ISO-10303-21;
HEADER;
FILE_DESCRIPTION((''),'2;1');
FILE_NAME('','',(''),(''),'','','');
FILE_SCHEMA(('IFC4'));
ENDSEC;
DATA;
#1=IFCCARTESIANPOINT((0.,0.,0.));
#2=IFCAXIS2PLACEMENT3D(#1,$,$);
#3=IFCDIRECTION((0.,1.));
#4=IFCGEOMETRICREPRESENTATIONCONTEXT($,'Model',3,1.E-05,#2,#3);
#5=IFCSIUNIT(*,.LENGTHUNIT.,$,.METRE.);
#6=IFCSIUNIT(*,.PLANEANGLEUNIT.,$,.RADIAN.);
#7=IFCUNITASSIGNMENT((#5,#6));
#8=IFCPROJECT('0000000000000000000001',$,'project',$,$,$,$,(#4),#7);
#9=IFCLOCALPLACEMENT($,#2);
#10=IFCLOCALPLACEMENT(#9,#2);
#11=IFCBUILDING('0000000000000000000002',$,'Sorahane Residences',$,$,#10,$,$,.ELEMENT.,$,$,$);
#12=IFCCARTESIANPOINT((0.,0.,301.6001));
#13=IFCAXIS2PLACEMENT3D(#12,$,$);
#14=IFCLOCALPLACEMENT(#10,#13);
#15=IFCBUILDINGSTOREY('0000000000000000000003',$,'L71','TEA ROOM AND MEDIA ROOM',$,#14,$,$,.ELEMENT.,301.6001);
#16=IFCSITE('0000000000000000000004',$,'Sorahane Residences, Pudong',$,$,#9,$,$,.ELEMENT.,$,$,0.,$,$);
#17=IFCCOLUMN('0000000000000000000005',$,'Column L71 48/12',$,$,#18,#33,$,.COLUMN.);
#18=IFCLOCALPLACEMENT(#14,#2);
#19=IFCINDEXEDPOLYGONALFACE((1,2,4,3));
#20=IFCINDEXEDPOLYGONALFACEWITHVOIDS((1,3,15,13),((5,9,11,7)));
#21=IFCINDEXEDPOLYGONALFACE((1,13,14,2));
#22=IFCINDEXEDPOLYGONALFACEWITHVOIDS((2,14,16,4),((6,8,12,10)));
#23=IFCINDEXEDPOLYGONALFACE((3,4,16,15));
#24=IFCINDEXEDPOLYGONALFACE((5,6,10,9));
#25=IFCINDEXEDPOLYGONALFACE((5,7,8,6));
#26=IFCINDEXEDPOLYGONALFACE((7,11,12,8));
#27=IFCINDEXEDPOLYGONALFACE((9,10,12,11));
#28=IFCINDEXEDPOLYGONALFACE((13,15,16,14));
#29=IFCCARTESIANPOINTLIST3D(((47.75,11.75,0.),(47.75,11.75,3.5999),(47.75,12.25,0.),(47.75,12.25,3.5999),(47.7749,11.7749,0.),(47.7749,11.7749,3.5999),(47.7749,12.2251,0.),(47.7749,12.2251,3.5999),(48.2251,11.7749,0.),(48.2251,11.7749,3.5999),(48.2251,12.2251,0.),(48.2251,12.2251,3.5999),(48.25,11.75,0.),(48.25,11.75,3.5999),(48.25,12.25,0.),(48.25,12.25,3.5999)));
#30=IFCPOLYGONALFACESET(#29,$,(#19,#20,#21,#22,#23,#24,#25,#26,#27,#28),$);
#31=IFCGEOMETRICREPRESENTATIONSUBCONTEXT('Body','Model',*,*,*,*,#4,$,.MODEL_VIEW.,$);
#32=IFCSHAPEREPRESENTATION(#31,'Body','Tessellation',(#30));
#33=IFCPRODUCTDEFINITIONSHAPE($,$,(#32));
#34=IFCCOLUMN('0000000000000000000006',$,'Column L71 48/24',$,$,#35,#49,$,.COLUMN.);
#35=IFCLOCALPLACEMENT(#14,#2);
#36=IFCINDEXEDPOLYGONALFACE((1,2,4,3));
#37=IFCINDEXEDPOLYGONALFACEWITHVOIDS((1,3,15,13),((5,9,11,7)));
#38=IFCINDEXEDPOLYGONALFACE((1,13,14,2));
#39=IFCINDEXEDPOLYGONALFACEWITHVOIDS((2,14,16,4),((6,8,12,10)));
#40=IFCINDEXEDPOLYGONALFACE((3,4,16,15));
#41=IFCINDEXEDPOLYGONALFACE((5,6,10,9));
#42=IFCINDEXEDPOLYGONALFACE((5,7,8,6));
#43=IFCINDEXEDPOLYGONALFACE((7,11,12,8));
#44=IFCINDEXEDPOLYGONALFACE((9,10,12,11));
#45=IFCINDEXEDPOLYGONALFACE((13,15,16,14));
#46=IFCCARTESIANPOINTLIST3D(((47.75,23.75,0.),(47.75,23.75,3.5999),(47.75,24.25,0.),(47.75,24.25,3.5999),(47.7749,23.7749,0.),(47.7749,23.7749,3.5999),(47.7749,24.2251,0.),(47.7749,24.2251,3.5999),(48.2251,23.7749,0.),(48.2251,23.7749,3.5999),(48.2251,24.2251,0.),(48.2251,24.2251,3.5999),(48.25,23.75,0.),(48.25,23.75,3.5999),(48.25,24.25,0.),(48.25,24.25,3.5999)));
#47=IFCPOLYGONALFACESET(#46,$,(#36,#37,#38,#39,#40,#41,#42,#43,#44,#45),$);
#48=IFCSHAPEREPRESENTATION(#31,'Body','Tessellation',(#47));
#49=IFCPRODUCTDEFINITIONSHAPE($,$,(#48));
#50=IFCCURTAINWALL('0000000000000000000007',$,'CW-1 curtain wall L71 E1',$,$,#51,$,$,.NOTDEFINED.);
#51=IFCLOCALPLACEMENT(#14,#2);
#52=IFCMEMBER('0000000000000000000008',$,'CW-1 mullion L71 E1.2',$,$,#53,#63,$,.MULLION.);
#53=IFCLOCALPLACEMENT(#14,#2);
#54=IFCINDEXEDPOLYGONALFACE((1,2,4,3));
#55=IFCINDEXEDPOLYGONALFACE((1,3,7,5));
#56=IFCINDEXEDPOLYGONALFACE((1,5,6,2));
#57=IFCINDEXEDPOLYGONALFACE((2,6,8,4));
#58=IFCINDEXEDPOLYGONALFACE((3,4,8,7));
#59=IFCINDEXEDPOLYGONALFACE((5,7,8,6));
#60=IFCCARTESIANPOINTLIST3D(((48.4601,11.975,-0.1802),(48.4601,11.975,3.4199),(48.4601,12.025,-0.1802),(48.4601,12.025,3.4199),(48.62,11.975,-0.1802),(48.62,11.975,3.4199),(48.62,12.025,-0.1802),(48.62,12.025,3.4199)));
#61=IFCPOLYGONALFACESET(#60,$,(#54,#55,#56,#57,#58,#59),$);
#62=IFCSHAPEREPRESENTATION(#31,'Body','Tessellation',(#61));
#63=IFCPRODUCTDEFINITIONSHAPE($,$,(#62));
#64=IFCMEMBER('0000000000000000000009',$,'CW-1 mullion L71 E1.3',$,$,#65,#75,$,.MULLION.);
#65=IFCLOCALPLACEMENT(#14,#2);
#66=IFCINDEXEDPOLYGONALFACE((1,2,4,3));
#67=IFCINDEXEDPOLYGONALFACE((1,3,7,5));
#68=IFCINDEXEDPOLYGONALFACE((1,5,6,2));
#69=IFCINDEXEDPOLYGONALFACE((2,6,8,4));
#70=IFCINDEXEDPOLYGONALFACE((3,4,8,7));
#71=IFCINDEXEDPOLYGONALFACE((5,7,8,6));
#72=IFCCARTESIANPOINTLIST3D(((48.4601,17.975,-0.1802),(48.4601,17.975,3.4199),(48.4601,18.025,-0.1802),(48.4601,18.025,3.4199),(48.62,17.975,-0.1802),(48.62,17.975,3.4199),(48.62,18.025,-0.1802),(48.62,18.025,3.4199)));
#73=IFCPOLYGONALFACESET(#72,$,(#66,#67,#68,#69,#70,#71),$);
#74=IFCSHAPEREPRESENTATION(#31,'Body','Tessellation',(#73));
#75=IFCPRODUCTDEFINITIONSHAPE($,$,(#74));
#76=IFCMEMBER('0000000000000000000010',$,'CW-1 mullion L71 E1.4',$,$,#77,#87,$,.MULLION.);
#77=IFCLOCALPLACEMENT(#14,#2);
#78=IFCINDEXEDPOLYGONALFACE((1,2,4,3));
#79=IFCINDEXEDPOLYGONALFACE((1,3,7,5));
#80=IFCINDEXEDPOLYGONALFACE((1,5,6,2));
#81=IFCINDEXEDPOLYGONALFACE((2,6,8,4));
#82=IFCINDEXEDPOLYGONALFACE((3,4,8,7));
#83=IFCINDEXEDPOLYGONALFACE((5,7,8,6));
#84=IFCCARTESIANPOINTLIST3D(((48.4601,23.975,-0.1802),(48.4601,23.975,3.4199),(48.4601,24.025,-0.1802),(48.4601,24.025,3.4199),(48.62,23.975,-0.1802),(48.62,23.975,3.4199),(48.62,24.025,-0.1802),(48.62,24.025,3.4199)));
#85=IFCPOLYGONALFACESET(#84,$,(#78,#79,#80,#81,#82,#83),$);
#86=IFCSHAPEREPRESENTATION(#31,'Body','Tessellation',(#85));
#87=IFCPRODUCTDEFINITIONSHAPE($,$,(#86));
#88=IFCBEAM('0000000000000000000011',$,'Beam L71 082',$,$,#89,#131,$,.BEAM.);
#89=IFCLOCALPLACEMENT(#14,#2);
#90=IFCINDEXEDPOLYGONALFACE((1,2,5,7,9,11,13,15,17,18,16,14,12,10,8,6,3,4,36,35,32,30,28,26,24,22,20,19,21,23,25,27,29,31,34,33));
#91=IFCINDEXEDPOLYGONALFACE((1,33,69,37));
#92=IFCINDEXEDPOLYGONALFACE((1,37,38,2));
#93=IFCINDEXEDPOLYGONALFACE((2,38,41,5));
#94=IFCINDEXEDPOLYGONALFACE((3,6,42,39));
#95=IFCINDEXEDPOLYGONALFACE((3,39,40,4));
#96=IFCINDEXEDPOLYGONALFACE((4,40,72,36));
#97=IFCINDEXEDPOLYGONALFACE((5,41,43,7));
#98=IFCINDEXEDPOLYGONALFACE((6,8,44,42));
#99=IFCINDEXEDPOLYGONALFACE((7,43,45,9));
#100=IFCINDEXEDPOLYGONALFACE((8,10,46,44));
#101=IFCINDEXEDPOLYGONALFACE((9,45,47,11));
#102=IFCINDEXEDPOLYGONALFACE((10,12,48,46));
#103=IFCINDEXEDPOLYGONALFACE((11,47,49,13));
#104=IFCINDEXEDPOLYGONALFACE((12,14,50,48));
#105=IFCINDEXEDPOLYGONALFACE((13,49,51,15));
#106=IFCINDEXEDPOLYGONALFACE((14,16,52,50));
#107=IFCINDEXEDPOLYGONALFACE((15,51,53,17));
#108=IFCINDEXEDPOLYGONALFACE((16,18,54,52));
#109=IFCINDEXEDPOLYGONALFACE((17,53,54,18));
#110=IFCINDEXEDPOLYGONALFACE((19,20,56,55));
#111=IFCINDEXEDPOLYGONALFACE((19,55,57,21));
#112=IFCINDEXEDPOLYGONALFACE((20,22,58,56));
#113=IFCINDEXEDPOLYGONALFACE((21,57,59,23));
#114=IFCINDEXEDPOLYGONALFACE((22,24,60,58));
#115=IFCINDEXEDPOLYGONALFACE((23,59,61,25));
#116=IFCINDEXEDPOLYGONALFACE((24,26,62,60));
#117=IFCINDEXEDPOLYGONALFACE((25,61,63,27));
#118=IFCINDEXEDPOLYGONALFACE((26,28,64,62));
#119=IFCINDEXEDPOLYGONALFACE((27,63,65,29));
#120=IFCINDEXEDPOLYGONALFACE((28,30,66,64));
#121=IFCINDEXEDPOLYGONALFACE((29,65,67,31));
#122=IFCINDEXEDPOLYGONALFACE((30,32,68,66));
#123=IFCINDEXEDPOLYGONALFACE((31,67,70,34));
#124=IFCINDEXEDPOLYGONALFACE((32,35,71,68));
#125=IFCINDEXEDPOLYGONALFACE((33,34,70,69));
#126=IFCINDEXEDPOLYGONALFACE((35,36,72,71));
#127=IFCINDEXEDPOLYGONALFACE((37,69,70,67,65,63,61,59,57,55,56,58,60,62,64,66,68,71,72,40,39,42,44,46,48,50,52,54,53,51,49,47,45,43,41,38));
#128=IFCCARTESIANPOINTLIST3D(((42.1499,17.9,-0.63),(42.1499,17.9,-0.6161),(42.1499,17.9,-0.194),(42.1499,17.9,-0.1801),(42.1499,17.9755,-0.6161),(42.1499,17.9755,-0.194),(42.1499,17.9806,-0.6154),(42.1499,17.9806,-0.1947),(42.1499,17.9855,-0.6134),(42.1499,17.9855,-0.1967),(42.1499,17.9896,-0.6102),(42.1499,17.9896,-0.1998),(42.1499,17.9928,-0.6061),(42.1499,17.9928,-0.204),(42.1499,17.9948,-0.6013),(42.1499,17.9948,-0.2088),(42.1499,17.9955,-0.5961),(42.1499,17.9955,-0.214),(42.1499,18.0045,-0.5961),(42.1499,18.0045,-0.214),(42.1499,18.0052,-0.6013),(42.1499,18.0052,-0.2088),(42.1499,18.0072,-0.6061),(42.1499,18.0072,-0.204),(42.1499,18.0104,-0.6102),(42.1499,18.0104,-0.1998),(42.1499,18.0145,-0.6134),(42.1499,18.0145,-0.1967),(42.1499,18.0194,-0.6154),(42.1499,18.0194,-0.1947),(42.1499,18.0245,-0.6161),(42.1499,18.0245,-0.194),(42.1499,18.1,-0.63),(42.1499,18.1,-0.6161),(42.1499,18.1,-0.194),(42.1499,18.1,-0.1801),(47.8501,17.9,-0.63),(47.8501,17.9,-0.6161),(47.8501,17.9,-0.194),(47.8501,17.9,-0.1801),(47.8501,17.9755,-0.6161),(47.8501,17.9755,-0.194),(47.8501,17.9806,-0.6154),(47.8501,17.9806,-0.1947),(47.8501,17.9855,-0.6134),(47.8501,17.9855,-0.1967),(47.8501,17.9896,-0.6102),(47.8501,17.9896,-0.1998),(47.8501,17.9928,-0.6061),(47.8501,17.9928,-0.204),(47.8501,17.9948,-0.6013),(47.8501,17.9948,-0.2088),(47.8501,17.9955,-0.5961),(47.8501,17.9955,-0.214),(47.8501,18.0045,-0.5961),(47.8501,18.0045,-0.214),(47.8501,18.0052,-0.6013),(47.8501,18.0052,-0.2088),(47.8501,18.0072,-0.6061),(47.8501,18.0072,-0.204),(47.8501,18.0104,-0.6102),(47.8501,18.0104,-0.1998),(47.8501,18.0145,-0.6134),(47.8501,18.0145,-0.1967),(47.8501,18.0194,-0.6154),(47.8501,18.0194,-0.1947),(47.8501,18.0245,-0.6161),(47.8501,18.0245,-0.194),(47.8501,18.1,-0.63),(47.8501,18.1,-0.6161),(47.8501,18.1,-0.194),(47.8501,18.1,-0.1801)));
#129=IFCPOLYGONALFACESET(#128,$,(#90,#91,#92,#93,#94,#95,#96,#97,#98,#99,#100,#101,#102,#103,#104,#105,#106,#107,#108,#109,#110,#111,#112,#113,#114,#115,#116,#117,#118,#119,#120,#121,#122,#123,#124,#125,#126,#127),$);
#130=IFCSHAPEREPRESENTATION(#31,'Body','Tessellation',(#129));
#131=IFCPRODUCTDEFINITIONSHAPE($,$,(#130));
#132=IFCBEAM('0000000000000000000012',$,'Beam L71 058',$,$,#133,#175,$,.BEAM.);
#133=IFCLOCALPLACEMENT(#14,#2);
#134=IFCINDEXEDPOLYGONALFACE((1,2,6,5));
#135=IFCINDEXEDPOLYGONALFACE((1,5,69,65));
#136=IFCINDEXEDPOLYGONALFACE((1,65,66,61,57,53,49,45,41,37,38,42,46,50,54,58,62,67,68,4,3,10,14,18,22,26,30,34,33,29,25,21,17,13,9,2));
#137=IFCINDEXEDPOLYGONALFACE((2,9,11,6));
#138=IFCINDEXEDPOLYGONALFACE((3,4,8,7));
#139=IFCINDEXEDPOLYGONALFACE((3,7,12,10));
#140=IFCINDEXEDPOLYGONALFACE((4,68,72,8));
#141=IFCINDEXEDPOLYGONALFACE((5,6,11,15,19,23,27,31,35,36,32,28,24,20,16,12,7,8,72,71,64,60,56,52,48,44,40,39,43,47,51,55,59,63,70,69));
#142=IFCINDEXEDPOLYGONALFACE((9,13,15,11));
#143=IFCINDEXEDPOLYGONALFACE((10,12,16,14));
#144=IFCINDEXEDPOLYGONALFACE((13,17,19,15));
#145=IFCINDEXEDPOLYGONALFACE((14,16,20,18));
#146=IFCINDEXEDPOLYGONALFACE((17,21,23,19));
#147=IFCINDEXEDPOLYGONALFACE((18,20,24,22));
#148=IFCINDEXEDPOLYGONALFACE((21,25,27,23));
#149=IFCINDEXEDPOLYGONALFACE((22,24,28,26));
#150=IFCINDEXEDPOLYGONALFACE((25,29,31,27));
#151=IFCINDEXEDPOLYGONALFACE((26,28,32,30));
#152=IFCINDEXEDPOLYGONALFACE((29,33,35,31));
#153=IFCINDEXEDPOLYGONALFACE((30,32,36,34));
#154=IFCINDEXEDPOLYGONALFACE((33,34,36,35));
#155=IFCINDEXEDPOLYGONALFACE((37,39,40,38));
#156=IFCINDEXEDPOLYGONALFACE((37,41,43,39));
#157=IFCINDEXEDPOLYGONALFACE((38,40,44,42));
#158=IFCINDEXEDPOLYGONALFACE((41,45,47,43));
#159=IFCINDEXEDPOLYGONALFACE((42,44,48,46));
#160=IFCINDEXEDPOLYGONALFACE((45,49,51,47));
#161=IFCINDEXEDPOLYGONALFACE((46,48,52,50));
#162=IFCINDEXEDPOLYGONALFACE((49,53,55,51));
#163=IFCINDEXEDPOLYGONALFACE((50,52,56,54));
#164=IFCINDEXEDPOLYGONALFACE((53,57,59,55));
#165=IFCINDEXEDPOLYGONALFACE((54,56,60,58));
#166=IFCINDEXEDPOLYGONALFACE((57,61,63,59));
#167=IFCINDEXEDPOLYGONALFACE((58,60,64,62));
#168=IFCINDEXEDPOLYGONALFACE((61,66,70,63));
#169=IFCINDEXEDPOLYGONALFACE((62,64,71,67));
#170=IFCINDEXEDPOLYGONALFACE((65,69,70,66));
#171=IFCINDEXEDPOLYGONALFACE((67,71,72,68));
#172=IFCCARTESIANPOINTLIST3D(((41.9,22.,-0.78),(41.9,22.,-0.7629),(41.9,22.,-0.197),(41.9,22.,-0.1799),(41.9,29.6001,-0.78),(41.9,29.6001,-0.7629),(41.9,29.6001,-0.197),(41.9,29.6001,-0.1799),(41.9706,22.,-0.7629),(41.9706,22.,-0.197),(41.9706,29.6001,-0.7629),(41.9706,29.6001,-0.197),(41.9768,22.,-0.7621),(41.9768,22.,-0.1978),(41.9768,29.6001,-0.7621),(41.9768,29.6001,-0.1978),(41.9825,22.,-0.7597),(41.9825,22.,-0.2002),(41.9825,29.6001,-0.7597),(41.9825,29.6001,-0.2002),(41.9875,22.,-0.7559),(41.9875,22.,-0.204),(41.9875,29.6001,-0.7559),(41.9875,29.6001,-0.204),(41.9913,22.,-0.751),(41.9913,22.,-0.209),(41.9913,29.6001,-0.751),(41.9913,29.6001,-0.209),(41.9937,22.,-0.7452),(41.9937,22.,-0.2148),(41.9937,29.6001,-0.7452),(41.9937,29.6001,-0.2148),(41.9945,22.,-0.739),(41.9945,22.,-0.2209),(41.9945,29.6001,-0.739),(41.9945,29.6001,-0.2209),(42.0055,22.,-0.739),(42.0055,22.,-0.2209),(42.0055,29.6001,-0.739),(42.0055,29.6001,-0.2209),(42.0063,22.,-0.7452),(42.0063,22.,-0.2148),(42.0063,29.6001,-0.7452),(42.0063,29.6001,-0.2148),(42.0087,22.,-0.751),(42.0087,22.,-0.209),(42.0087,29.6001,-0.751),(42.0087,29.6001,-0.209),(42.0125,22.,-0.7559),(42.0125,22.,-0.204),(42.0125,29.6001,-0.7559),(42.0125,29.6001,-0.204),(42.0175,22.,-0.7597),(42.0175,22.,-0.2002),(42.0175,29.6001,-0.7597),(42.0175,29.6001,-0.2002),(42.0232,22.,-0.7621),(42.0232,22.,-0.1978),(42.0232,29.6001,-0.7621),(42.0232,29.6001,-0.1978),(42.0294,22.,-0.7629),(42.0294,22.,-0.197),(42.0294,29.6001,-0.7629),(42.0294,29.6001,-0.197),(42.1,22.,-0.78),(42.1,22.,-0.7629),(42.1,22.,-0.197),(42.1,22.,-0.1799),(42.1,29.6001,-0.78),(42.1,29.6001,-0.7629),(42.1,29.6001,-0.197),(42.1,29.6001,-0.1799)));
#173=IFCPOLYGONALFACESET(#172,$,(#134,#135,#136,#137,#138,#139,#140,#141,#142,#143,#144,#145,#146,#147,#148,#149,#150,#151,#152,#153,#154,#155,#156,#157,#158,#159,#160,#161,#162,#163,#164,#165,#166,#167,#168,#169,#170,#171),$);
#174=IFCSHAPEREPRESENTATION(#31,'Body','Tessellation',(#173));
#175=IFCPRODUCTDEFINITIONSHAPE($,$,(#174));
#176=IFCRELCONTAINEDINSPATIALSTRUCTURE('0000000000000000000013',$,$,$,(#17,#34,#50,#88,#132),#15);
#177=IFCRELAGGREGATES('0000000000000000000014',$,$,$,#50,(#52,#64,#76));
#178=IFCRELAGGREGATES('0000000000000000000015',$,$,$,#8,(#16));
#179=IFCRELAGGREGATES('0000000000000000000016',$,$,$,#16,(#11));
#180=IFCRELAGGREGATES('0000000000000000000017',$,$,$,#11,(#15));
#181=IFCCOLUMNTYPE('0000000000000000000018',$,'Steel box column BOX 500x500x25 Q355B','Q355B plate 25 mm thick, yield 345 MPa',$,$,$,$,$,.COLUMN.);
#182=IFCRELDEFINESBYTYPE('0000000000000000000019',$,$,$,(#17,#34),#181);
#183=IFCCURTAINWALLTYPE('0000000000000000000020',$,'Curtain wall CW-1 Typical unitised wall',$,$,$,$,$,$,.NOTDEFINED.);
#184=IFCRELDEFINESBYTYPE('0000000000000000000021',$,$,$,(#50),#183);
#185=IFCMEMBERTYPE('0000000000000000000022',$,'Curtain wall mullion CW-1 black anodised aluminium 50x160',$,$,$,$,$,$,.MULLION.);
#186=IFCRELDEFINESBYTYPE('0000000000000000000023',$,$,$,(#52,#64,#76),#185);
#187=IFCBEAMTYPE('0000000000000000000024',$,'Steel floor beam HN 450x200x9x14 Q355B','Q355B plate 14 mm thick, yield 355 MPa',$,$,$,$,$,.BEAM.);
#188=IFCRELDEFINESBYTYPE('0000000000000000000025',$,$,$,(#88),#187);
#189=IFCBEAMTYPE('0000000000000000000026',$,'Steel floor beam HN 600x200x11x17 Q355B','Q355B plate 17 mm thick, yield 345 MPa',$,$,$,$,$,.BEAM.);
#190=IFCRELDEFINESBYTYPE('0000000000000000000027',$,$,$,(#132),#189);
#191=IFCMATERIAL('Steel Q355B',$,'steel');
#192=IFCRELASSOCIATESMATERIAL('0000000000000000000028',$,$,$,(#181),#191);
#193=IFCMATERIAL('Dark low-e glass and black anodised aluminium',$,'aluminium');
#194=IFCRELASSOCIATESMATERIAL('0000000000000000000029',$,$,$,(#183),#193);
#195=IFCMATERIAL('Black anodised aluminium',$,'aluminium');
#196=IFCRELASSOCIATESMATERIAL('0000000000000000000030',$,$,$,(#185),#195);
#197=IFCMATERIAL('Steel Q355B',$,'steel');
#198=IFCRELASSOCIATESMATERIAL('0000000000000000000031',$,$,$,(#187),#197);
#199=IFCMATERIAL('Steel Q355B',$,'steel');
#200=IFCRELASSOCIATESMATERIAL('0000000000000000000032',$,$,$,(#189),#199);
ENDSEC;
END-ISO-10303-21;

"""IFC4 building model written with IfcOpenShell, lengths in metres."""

from ifc_helpers import new_model, si_unit, direction, frame, origin, origin_2d, place, context, subcontext, project, spatial, rectangle, hollow_rectangle, i_section, extrude, material, material_profile, profile_set, type_object, element, aggregate, save


model = new_model("IFC4")

# Units and contexts
model_context = context("Model", 3, precision=1e-05, world=origin(), true_north=direction((0.0, 1.0)))
body_context = subcontext(model_context, "Body", "Model", "MODEL_VIEW")
ifc_project = project(units=[si_unit("LENGTHUNIT", "METRE"), si_unit("PLANEANGLEUNIT", "RADIAN")], contexts=[model_context])

# Site, building, storey
site_placement = place(None, origin())
site = spatial("IfcSite", under=ifc_project, at=site_placement, Name="Sorahane Residences, Pudong", CompositionType="ELEMENT", RefElevation=0.0)
building_placement = place(site_placement, origin())
building = spatial("IfcBuilding", under=site, at=building_placement, Name="Sorahane Residences", CompositionType="ELEMENT")
storey_placement = place(building_placement, frame((0.0, 0.0, 301.6001)))
storey = spatial("IfcBuildingStorey", under=building, at=storey_placement, Name="L71", Description="TEA ROOM AND MEDIA ROOM", CompositionType="ELEMENT", Elevation=301.6001)

# Columns
ifc_material_1 = material(Name="Steel Q355B", Category="steel")
ifc_material_profile_1 = material_profile(ifc_material_1, hollow_rectangle(XDim=0.5, YDim=0.5, WallThickness=0.0249, at=origin_2d()), Name="BOX 500x500x25")
ifc_profile_set_1 = profile_set([ifc_material_profile_1], Name="Steel Q355B")
column_type = type_object("IfcColumnType", Name="Steel box column BOX 500x500x25 Q355B", Description="Q355B plate 25 mm thick, yield 345 MPa", PredefinedType="COLUMN", material=ifc_profile_set_1)
for number, where, z_axis, x_axis, name in (
    (1, (48.0, 12.0, 0.0), (0.0, 0.0, 1.0), (1.0, 0.0, 0.0), "Column L71 48/12"),
    (2, (48.0, 24.0, 0.0), (0.0, 0.0, 1.0), (1.0, 0.0, 0.0), "Column L71 48/24"),
):
    element("IfcColumn", number, at=place(storey_placement, frame(where, z_axis=z_axis, x_axis=x_axis)), inside=storey, type_object=column_type, Name=name, PredefinedType="COLUMN", context=body_context, shape_type="SweptSolid", body=[
        extrude(hollow_rectangle(XDim=0.5, YDim=0.5, WallThickness=0.0249, at=origin_2d()), origin(), (0.0, 0.0, 1.0), 3.5999),
    ])

# Curtain wall, members
ifc_material_2 = material(Name="Dark low-e glass and black anodised aluminium", Category="aluminium")
curtain_wall_type = type_object("IfcCurtainWallType", Name="Curtain wall CW-1 Typical unitised wall", PredefinedType="NOTDEFINED", material=ifc_material_2)
curtain_wall_placement = place(storey_placement, origin())
curtain_wall = element("IfcCurtainWall", 3, at=curtain_wall_placement, inside=storey, type_object=curtain_wall_type, Name="CW-1 curtain wall L71 E1", PredefinedType="NOTDEFINED")
ifc_material_3 = material(Name="Black anodised aluminium", Category="aluminium")
ifc_material_profile_2 = material_profile(ifc_material_3, rectangle(XDim=0.1599, YDim=0.05, at=origin_2d()), Name="Curtain wall mullion CW-1 black anodised aluminium 50x160")
ifc_profile_set_2 = profile_set([ifc_material_profile_2], Name="Black anodised aluminium")
member_type = type_object("IfcMemberType", Name="Curtain wall mullion CW-1 black anodised aluminium 50x160", PredefinedType="MULLION", material=ifc_profile_set_2)
member_1_placement = place(storey_placement, frame((48.54, 12.0, -0.1802), z_axis=(0.0, 0.0, 1.0), x_axis=(1.0, 0.0, 0.0)))
member_1 = element("IfcMember", 4, at=member_1_placement, type_object=member_type, Name="CW-1 mullion L71 E1.2", PredefinedType="MULLION", context=body_context, shape_type="SweptSolid", body=[
    extrude(rectangle(XDim=0.1599, YDim=0.05, at=origin_2d()), origin(), (0.0, 0.0, 1.0), 3.6001),
])
member_2_placement = place(storey_placement, frame((48.54, 18.0, -0.1802), z_axis=(0.0, 0.0, 1.0), x_axis=(1.0, 0.0, 0.0)))
member_2 = element("IfcMember", 5, at=member_2_placement, type_object=member_type, Name="CW-1 mullion L71 E1.3", PredefinedType="MULLION", context=body_context, shape_type="SweptSolid", body=[
    extrude(rectangle(XDim=0.1599, YDim=0.05, at=origin_2d()), origin(), (0.0, 0.0, 1.0), 3.6001),
])
member_3_placement = place(storey_placement, frame((48.54, 24.0, -0.1802), z_axis=(0.0, 0.0, 1.0), x_axis=(1.0, 0.0, 0.0)))
member_3 = element("IfcMember", 6, at=member_3_placement, type_object=member_type, Name="CW-1 mullion L71 E1.4", PredefinedType="MULLION", context=body_context, shape_type="SweptSolid", body=[
    extrude(rectangle(XDim=0.1599, YDim=0.05, at=origin_2d()), origin(), (0.0, 0.0, 1.0), 3.6001),
])

# Beams
ifc_material_4 = material(Name="Steel Q355B", Category="steel")
ifc_material_profile_3 = material_profile(ifc_material_4, i_section(OverallWidth=0.2, OverallDepth=0.45, WebThickness=0.009, FlangeThickness=0.0139, FilletRadius=0.02, at=origin_2d()), Name="HN 450x200x9x14")
ifc_profile_set_3 = profile_set([ifc_material_profile_3], Name="Steel Q355B")
beam_type_1 = type_object("IfcBeamType", Name="Steel floor beam HN 450x200x9x14 Q355B", Description="Q355B plate 14 mm thick, yield 355 MPa", PredefinedType="BEAM", material=ifc_profile_set_3)
beam_1_placement = place(storey_placement, frame((42.1499, 18.0, -0.405), z_axis=(1.0, 0.0, 0.0), x_axis=(0.0, 1.0, 0.0)))
element("IfcBeam", 7, at=beam_1_placement, inside=storey, type_object=beam_type_1, Name="Beam L71 082", PredefinedType="BEAM", context=body_context, shape_type="SweptSolid", body=[
    extrude(i_section(OverallWidth=0.2, OverallDepth=0.45, WebThickness=0.009, FlangeThickness=0.0139, FilletRadius=0.02, at=origin_2d()), origin(), (0.0, 0.0, 1.0), 5.7002),
])
ifc_material_5 = material(Name="Steel Q355B", Category="steel")
ifc_material_profile_4 = material_profile(ifc_material_5, i_section(OverallWidth=0.2, OverallDepth=0.6001, WebThickness=0.011, FlangeThickness=0.0171, FilletRadius=0.0239, at=origin_2d()), Name="HN 600x200x11x17")
ifc_profile_set_4 = profile_set([ifc_material_profile_4], Name="Steel Q355B")
beam_type_2 = type_object("IfcBeamType", Name="Steel floor beam HN 600x200x11x17 Q355B", Description="Q355B plate 17 mm thick, yield 345 MPa", PredefinedType="BEAM", material=ifc_profile_set_4)
beam_2_placement = place(storey_placement, frame((42.0, 22.0, -0.48), z_axis=(0.0, 1.0, 0.0), x_axis=(-1.0, 0.0, 0.0)))
element("IfcBeam", 8, at=beam_2_placement, inside=storey, type_object=beam_type_2, Name="Beam L71 058", PredefinedType="BEAM", context=body_context, shape_type="SweptSolid", body=[
    extrude(i_section(OverallWidth=0.2, OverallDepth=0.6001, WebThickness=0.011, FlangeThickness=0.0171, FilletRadius=0.0239, at=origin_2d()), origin(), (0.0, 0.0, 1.0), 7.6001),
])

aggregate(curtain_wall, [member_1, member_2, member_3])

save(model, "model.ifc")
